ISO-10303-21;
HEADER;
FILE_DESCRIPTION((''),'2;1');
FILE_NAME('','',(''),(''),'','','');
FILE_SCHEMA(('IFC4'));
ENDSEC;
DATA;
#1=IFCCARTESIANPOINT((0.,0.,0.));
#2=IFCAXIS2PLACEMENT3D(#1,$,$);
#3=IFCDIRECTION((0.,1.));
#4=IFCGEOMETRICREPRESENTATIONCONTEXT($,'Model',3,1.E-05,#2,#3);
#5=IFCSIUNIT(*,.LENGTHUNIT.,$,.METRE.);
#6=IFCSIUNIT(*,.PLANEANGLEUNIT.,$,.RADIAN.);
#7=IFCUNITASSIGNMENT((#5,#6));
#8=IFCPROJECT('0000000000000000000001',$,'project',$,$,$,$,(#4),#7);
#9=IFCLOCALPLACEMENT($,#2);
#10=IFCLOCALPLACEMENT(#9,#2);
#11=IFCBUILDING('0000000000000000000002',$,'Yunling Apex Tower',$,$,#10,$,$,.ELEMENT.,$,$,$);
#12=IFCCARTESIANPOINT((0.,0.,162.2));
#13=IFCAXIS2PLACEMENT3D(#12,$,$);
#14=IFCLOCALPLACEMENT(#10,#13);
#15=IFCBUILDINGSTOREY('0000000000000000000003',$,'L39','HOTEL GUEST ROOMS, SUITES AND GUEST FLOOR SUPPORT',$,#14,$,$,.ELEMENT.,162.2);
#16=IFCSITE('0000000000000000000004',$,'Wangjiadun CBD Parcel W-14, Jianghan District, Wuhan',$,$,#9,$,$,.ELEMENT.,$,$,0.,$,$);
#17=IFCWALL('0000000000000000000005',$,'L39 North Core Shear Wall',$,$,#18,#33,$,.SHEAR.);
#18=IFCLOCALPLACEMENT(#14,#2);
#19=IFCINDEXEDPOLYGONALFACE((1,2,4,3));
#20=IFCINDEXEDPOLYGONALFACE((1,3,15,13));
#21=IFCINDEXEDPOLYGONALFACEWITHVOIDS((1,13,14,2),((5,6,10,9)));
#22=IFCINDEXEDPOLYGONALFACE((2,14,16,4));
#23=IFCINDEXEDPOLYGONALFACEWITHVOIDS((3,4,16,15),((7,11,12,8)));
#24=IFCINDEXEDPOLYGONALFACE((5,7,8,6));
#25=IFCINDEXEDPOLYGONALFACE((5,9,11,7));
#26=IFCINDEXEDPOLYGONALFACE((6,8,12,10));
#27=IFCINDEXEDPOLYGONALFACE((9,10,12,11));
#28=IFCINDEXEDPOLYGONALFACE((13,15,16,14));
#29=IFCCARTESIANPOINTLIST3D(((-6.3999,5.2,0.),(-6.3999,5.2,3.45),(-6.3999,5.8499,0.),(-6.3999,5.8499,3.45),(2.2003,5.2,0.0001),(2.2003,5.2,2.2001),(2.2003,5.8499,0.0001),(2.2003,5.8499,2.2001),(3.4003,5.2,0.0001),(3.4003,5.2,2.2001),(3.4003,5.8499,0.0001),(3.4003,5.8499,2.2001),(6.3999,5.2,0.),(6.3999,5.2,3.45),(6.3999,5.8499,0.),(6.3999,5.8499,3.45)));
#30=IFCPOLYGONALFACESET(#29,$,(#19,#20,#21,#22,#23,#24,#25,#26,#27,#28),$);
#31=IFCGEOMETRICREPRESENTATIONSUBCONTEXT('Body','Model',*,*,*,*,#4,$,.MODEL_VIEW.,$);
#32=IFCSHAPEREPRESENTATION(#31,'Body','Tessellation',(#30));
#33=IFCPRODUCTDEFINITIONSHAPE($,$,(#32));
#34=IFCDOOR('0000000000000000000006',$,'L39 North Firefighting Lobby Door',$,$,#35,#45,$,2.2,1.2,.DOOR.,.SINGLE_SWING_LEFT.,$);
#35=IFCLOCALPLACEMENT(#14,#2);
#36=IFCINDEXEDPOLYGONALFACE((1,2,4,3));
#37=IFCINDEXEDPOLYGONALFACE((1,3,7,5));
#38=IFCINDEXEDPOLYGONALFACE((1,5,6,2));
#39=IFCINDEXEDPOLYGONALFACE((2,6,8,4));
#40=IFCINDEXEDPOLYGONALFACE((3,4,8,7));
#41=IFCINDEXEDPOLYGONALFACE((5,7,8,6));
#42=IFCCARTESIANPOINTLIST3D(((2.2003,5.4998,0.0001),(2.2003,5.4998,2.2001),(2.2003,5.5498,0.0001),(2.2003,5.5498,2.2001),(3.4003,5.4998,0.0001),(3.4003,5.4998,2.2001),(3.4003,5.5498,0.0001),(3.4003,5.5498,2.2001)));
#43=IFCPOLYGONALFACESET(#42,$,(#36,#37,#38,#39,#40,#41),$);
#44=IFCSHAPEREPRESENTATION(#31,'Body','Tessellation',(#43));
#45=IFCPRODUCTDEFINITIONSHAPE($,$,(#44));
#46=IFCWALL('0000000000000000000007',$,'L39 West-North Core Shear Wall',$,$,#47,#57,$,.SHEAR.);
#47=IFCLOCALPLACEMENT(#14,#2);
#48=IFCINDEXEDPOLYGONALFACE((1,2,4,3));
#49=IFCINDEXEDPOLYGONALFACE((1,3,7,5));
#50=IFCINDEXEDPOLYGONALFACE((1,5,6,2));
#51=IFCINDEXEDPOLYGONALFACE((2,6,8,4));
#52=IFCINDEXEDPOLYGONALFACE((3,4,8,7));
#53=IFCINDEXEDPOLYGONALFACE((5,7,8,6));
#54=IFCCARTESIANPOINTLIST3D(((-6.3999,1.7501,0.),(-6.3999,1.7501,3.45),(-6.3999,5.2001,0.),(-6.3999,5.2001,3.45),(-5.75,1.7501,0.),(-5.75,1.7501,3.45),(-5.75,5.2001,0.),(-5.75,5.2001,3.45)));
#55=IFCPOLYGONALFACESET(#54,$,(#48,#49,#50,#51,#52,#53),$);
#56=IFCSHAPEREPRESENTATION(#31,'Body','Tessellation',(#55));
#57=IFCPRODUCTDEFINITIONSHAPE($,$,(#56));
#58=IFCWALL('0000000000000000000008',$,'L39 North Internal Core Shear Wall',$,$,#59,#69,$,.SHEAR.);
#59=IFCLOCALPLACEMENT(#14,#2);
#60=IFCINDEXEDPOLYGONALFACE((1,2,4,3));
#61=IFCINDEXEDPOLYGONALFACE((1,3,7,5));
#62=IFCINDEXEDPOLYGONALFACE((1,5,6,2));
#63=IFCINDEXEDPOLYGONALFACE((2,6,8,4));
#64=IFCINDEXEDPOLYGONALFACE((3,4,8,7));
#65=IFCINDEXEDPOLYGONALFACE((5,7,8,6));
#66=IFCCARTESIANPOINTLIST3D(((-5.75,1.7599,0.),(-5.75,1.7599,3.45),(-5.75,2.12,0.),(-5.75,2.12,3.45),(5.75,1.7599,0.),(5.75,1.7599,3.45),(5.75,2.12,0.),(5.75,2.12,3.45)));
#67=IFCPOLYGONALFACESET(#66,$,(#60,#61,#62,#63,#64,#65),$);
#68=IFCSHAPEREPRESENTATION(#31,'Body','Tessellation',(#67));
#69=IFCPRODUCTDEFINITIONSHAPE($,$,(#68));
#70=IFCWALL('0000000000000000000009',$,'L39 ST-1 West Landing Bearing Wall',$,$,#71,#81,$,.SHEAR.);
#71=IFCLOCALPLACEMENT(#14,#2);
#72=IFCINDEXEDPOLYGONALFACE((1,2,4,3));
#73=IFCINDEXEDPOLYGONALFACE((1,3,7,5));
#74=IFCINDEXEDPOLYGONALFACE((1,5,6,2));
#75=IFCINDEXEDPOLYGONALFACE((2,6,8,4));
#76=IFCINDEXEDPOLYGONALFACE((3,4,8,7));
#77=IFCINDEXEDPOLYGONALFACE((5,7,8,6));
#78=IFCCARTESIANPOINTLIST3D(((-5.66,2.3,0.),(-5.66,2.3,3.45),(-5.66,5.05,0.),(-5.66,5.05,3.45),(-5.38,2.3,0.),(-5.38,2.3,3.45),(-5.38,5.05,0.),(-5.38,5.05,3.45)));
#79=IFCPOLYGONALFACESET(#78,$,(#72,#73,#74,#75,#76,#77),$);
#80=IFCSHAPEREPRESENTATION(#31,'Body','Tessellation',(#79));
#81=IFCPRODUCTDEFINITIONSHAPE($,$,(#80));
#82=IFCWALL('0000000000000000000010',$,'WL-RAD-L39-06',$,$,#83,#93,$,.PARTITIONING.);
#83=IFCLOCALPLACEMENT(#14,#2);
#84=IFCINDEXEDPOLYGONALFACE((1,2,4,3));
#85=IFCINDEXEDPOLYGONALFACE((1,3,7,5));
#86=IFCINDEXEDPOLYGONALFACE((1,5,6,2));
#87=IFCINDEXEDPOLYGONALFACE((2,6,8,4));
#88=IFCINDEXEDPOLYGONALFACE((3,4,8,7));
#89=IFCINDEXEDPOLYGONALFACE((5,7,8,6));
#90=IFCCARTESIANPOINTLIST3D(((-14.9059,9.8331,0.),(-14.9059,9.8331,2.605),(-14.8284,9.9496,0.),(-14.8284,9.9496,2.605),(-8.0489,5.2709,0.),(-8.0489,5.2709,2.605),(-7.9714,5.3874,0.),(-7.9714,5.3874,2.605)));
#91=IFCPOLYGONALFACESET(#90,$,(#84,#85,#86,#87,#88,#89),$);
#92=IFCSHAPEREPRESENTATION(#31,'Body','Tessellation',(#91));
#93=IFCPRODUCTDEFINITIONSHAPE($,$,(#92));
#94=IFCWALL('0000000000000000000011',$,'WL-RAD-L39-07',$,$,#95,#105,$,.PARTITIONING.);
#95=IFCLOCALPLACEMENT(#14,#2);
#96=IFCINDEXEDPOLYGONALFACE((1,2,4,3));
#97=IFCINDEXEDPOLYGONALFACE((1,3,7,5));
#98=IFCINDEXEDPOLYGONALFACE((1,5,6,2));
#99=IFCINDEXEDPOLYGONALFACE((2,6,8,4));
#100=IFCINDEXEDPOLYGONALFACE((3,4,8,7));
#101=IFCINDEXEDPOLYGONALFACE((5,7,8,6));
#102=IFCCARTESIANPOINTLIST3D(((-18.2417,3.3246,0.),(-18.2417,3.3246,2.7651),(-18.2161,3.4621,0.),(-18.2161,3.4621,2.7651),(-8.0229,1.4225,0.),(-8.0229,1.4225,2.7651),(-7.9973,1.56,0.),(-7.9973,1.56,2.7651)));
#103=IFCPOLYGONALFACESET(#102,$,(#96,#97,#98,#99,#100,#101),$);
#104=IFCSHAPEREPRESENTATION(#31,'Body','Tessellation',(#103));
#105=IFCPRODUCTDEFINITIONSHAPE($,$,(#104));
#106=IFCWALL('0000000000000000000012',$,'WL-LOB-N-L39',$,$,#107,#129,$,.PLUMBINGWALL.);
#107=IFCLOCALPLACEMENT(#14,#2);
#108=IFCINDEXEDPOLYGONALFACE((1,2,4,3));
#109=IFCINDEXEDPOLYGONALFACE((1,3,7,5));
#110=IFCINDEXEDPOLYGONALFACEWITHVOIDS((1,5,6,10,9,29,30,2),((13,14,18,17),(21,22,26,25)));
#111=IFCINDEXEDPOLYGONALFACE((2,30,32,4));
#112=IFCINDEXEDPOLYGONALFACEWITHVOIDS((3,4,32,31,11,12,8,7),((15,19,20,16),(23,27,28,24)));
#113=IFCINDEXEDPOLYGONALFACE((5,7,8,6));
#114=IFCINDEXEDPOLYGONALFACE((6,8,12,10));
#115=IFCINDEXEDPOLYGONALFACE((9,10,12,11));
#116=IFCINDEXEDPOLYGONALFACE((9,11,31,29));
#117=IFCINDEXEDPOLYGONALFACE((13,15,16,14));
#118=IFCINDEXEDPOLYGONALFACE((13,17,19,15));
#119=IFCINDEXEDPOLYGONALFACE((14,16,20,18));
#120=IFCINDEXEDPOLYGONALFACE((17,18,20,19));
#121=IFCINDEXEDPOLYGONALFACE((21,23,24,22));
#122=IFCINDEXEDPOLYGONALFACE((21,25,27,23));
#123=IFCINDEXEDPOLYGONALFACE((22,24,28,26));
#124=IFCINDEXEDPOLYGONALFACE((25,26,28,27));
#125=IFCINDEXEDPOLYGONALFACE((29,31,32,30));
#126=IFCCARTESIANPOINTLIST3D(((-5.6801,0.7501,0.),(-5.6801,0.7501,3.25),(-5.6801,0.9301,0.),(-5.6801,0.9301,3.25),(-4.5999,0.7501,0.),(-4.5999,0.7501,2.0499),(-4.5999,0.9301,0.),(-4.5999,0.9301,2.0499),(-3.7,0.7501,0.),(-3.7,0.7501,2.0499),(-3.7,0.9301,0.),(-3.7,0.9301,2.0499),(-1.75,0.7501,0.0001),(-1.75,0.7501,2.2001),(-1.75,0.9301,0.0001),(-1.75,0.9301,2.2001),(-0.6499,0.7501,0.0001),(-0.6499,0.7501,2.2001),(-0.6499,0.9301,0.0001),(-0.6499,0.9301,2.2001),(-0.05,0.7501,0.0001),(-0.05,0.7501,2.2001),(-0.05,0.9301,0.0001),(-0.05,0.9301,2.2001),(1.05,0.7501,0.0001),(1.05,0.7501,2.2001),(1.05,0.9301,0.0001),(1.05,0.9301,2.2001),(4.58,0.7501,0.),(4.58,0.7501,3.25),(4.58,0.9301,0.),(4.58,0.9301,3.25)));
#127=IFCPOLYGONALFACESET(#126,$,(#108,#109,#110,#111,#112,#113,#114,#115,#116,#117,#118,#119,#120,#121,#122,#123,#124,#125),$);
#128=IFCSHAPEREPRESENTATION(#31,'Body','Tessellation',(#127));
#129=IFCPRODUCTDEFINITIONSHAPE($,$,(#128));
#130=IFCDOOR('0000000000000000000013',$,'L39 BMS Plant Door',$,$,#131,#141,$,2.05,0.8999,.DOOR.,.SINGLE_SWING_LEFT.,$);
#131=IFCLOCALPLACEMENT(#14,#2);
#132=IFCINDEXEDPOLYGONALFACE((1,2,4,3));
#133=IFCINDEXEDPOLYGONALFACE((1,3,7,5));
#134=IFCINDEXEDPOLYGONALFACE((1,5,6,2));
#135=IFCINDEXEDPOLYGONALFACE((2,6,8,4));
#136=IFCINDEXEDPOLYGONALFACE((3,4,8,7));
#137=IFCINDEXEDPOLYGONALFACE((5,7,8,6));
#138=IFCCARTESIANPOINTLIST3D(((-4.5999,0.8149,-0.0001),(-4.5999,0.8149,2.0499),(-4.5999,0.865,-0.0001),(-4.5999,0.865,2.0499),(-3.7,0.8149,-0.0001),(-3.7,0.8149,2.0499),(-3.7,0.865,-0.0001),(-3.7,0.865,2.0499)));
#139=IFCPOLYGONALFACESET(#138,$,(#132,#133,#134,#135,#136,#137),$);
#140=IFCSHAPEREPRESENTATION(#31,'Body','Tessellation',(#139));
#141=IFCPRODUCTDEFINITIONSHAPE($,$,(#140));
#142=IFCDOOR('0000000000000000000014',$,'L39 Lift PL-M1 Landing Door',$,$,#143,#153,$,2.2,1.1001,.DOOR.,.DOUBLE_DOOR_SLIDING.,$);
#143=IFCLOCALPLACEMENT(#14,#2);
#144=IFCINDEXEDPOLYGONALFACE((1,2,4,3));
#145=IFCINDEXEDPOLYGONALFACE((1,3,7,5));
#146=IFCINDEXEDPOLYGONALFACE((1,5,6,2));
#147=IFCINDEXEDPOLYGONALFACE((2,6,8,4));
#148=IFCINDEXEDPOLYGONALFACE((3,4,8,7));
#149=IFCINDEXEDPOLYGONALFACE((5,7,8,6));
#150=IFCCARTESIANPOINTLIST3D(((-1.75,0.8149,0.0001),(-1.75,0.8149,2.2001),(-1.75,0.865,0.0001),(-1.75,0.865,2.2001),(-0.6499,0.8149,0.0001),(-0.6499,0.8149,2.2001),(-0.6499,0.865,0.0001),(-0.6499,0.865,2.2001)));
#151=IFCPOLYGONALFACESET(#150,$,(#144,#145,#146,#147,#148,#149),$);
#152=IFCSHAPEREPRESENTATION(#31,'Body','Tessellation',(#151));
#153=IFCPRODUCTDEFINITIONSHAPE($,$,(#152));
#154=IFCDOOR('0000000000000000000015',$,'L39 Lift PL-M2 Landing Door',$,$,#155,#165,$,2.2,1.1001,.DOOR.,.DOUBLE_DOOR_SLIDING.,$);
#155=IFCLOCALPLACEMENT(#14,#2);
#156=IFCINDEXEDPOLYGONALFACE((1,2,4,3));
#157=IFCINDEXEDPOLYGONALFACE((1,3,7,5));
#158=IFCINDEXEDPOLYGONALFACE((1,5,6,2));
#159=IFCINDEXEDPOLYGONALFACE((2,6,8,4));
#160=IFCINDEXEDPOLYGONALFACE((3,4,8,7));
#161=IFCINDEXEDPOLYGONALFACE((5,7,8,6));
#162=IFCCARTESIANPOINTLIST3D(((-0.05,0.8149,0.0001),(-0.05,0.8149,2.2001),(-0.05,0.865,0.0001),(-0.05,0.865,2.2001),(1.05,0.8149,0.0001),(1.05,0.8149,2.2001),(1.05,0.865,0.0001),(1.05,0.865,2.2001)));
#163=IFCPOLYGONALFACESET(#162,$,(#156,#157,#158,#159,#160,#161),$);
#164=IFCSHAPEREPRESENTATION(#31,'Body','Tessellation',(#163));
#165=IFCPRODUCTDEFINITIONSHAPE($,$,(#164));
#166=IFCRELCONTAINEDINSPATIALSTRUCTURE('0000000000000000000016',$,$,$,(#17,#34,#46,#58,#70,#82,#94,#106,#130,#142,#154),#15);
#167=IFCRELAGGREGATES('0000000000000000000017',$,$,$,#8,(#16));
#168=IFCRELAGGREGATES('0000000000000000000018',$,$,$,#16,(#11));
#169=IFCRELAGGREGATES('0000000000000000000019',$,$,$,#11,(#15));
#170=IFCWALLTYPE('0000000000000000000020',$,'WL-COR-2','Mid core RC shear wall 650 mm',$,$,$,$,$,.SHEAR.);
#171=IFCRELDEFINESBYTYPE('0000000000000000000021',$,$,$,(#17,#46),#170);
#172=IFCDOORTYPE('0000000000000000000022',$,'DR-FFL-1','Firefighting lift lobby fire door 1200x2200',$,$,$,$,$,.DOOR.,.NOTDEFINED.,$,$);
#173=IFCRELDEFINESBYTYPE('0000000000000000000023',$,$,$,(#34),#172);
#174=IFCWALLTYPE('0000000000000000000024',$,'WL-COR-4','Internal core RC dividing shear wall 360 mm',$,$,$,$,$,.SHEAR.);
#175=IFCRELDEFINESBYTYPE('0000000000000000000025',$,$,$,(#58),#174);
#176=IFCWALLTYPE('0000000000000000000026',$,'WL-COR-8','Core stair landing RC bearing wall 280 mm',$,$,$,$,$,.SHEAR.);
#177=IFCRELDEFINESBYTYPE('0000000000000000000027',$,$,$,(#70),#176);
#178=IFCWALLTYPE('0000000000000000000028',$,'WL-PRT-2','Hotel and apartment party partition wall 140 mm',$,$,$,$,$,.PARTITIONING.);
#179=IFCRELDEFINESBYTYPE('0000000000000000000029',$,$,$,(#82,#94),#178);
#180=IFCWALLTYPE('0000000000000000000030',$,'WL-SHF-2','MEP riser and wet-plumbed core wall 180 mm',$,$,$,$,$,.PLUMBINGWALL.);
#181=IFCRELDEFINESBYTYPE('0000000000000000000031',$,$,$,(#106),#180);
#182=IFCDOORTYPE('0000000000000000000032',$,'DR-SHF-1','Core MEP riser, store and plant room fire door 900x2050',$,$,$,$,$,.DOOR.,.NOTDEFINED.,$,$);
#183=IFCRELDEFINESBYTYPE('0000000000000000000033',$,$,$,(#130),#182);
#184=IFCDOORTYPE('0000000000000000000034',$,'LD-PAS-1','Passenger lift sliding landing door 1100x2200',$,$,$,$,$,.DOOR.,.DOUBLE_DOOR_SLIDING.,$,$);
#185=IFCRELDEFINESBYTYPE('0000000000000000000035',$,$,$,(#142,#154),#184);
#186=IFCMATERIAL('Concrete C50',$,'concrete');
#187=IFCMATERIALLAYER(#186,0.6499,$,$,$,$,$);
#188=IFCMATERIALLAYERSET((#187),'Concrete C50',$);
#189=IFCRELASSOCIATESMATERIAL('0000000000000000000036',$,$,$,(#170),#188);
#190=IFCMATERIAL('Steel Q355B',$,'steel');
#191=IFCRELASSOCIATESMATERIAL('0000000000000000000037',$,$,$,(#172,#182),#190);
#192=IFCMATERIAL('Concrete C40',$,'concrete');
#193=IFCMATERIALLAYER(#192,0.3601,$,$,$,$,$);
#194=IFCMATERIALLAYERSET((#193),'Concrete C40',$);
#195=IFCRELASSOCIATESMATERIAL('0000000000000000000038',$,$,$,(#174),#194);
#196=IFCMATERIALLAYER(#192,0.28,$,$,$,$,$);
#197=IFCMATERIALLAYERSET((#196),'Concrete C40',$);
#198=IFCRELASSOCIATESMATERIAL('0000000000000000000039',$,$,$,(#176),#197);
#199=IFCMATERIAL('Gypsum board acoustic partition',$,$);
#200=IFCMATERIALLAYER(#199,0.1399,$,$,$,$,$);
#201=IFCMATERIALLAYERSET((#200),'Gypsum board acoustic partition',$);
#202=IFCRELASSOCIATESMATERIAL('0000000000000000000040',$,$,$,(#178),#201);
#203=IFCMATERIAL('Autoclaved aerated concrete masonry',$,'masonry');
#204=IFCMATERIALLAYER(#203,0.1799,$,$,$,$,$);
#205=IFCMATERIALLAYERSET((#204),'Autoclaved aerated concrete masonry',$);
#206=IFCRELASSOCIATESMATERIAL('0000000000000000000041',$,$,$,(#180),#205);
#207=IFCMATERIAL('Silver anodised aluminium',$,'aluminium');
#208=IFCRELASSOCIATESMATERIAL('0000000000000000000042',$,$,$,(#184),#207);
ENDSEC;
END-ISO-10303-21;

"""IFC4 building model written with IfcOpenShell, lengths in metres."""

from ifc_helpers import new_model, si_unit, direction, frame, frame_2d, origin, place, context, subcontext, project, spatial, rectangle, extrude, material, layer, layer_set, type_object, element, fill, save


model = new_model("IFC4")

# Units and contexts
model_context = context("Model", 3, precision=1e-05, world=origin(), true_north=direction((0.0, 1.0)))
body_context = subcontext(model_context, "Body", "Model", "MODEL_VIEW")
ifc_project = project(units=[si_unit("LENGTHUNIT", "METRE"), si_unit("PLANEANGLEUNIT", "RADIAN")], contexts=[model_context])

# Site, building, storey
site_placement = place(None, origin())
site = spatial("IfcSite", under=ifc_project, at=site_placement, Name="Wangjiadun CBD Parcel W-14, Jianghan District, Wuhan", CompositionType="ELEMENT", RefElevation=0.0)
building_placement = place(site_placement, origin())
building = spatial("IfcBuilding", under=site, at=building_placement, Name="Yunling Apex Tower", CompositionType="ELEMENT")
storey_placement = place(building_placement, frame((0.0, 0.0, 162.2)))
storey = spatial("IfcBuildingStorey", under=building, at=storey_placement, Name="L39", Description="HOTEL GUEST ROOMS, SUITES AND GUEST FLOOR SUPPORT", CompositionType="ELEMENT", Elevation=162.2)

# Shared definitions
ifc_material_1 = material(Name="Concrete C50", Category="concrete")

# Shared definitions
ifc_material_2 = material(Name="Steel Q355B", Category="steel")

# Wall, opening, door
ifc_layer_1 = layer(ifc_material_1, 0.6499)
ifc_layer_set_1 = layer_set([ifc_layer_1], Name="Concrete C50")
wall_type_1 = type_object("IfcWallType", Name="WL-COR-2", Description="Mid core RC shear wall 650 mm", PredefinedType="SHEAR", material=ifc_layer_set_1)
wall_1_placement = place(storey_placement, frame((-6.3999, 5.5249, 0.0), z_axis=(0.0, 0.0, 1.0), x_axis=(1.0, 0.0, 0.0)))
wall_1 = element("IfcWall", 1, at=wall_1_placement, inside=storey, type_object=wall_type_1, Name="L39 North Core Shear Wall", PredefinedType="SHEAR", context=body_context, shape_type="SweptSolid", body=[
    extrude(rectangle(XDim=12.7998, YDim=0.6499, at=frame_2d((6.3999, 0.0))), origin(), (0.0, 0.0, 1.0), 3.45),
])
opening_1_placement = place(wall_1_placement, frame((8.6001, 0.0, 0.0)))
opening_1 = element("IfcOpeningElement", 2, at=opening_1_placement, cuts=wall_1, PredefinedType="OPENING", context=body_context, shape_type="SweptSolid", body=[
    extrude(rectangle(XDim=1.2, YDim=2.2, at=frame_2d((0.6001, 1.1001))), frame((0.0, 0.335, 0.0), z_axis=(0.0, -1.0, 0.0), x_axis=(1.0, 0.0, 0.0)), (0.0, 0.0, 1.0), 0.6699),
])
door_type_1 = type_object("IfcDoorType", Name="DR-FFL-1", Description="Firefighting lift lobby fire door 1200x2200", OperationType="NOTDEFINED", PredefinedType="DOOR", material=ifc_material_2)
door_1_placement = place(opening_1_placement, origin())
door_1 = element("IfcDoor", 3, at=door_1_placement, inside=storey, type_object=door_type_1, Name="L39 North Firefighting Lobby Door", OperationType="SINGLE_SWING_LEFT", OverallHeight=2.2, OverallWidth=1.2, PredefinedType="DOOR", context=body_context, shape_type="SweptSolid", body=[
    extrude(rectangle(XDim=1.2, YDim=2.2, at=frame_2d((0.6001, 1.1001))), frame((0.0, 0.0249, 0.0), z_axis=(0.0, -1.0, 0.0), x_axis=(1.0, 0.0, 0.0)), (0.0, 0.0, 1.0), 0.05),
])
fill(opening_1, door_1)

# Walls
wall_2_placement = place(storey_placement, frame((-6.075, 1.75, 0.0), z_axis=(0.0, 0.0, 1.0), x_axis=(0.0, 1.0, 0.0)))
element("IfcWall", 4, at=wall_2_placement, inside=storey, type_object=wall_type_1, Name="L39 West-North Core Shear Wall", PredefinedType="SHEAR", context=body_context, shape_type="SweptSolid", body=[
    extrude(rectangle(XDim=3.45, YDim=0.6499, at=frame_2d((1.7251, 0.0))), origin(), (0.0, 0.0, 1.0), 3.45),
])
ifc_material_3 = material(Name="Concrete C40", Category="concrete")
ifc_layer_2 = layer(ifc_material_3, 0.3601)
ifc_layer_set_2 = layer_set([ifc_layer_2], Name="Concrete C40")
wall_type_2 = type_object("IfcWallType", Name="WL-COR-4", Description="Internal core RC dividing shear wall 360 mm", PredefinedType="SHEAR", material=ifc_layer_set_2)
wall_3_placement = place(storey_placement, frame((-5.75, 1.9399, 0.0), z_axis=(0.0, 0.0, 1.0), x_axis=(1.0, 0.0, 0.0)))
element("IfcWall", 5, at=wall_3_placement, inside=storey, type_object=wall_type_2, Name="L39 North Internal Core Shear Wall", PredefinedType="SHEAR", context=body_context, shape_type="SweptSolid", body=[
    extrude(rectangle(XDim=11.5, YDim=0.3601, at=frame_2d((5.75, 0.0))), origin(), (0.0, 0.0, 1.0), 3.45),
])
ifc_layer_3 = layer(ifc_material_3, 0.28)
ifc_layer_set_3 = layer_set([ifc_layer_3], Name="Concrete C40")
wall_type_3 = type_object("IfcWallType", Name="WL-COR-8", Description="Core stair landing RC bearing wall 280 mm", PredefinedType="SHEAR", material=ifc_layer_set_3)
wall_4_placement = place(storey_placement, frame((-5.52, 2.3, 0.0), z_axis=(0.0, 0.0, 1.0), x_axis=(0.0, 1.0, 0.0)))
element("IfcWall", 6, at=wall_4_placement, inside=storey, type_object=wall_type_3, Name="L39 ST-1 West Landing Bearing Wall", PredefinedType="SHEAR", context=body_context, shape_type="SweptSolid", body=[
    extrude(rectangle(XDim=2.75, YDim=0.28, at=frame_2d((1.375, 0.0))), origin(), (0.0, 0.0, 1.0), 3.45),
])
ifc_material_4 = material(Name="Gypsum board acoustic partition")
ifc_layer_4 = layer(ifc_material_4, 0.1399)
ifc_layer_set_4 = layer_set([ifc_layer_4], Name="Gypsum board acoustic partition")
wall_type_4 = type_object("IfcWallType", Name="WL-PRT-2", Description="Hotel and apartment party partition wall 140 mm", PredefinedType="PARTITIONING", material=ifc_layer_set_4)
wall_5_placement = place(storey_placement, frame((-8.01, 5.3291, 0.0), z_axis=(0.0, 0.0, 1.0), x_axis=(-0.832565, 0.553927, 0.0)))
element("IfcWall", 7, at=wall_5_placement, inside=storey, type_object=wall_type_4, Name="WL-RAD-L39-06", PredefinedType="PARTITIONING", context=body_context, shape_type="SweptSolid", body=[
    extrude(rectangle(XDim=8.2361, YDim=0.1399, at=frame_2d((4.1182, 0.0))), origin(), (0.0, 0.0, 1.0), 2.605),
])
wall_6_placement = place(storey_placement, frame((-8.01, 1.4912, 0.0), z_axis=(0.0, 0.0, 1.0), x_axis=(-0.983114, 0.182995, 0.0)))
element("IfcWall", 8, at=wall_6_placement, inside=storey, type_object=wall_type_4, Name="WL-RAD-L39-07", PredefinedType="PARTITIONING", context=body_context, shape_type="SweptSolid", body=[
    extrude(rectangle(XDim=10.3943, YDim=0.1399, at=frame_2d((5.1973, 0.0))), origin(), (0.0, 0.0, 1.0), 2.7651),
])

# Wall, openings, doors
ifc_material_5 = material(Name="Autoclaved aerated concrete masonry", Category="masonry")
ifc_layer_5 = layer(ifc_material_5, 0.1799)
ifc_layer_set_5 = layer_set([ifc_layer_5], Name="Autoclaved aerated concrete masonry")
wall_type_5 = type_object("IfcWallType", Name="WL-SHF-2", Description="MEP riser and wet-plumbed core wall 180 mm", PredefinedType="PLUMBINGWALL", material=ifc_layer_set_5)
wall_7_placement = place(storey_placement, frame((-5.6799, 0.8401, 0.0), z_axis=(0.0, 0.0, 1.0), x_axis=(1.0, 0.0, 0.0)))
wall_7 = element("IfcWall", 9, at=wall_7_placement, inside=storey, type_object=wall_type_5, Name="WL-LOB-N-L39", PredefinedType="PLUMBINGWALL", context=body_context, shape_type="SweptSolid", body=[
    extrude(rectangle(XDim=10.26, YDim=0.1799, at=frame_2d((5.1299, 0.0))), origin(), (0.0, 0.0, 1.0), 3.25),
])
opening_2_placement = place(wall_7_placement, frame((1.0801, 0.0, 0.0)))
opening_2 = element("IfcOpeningElement", 10, at=opening_2_placement, cuts=wall_7, PredefinedType="OPENING", context=body_context, shape_type="SweptSolid", body=[
    extrude(rectangle(XDim=0.8999, YDim=2.05, at=frame_2d((0.45, 1.0249))), frame((0.0, 0.1001, 0.0), z_axis=(0.0, -1.0, 0.0), x_axis=(1.0, 0.0, 0.0)), (0.0, 0.0, 1.0), 0.2),
])
opening_3_placement = place(wall_7_placement, frame((3.9299, 0.0, 0.0)))
opening_3 = element("IfcOpeningElement", 11, at=opening_3_placement, cuts=wall_7, PredefinedType="OPENING", context=body_context, shape_type="SweptSolid", body=[
    extrude(rectangle(XDim=1.1001, YDim=2.2, at=frame_2d((0.55, 1.1001))), frame((0.0, 0.1001, 0.0), z_axis=(0.0, -1.0, 0.0), x_axis=(1.0, 0.0, 0.0)), (0.0, 0.0, 1.0), 0.2),
])
opening_4_placement = place(wall_7_placement, frame((5.6299, 0.0, 0.0)))
opening_4 = element("IfcOpeningElement", 12, at=opening_4_placement, cuts=wall_7, PredefinedType="OPENING", context=body_context, shape_type="SweptSolid", body=[
    extrude(rectangle(XDim=1.1001, YDim=2.2, at=frame_2d((0.55, 1.1001))), frame((0.0, 0.1001, 0.0), z_axis=(0.0, -1.0, 0.0), x_axis=(1.0, 0.0, 0.0)), (0.0, 0.0, 1.0), 0.2),
])
door_type_2 = type_object("IfcDoorType", Name="DR-SHF-1", Description="Core MEP riser, store and plant room fire door 900x2050", OperationType="NOTDEFINED", PredefinedType="DOOR", material=ifc_material_2)
door_2_placement = place(opening_2_placement, origin())
door_2 = element("IfcDoor", 13, at=door_2_placement, inside=storey, type_object=door_type_2, Name="L39 BMS Plant Door", OperationType="SINGLE_SWING_LEFT", OverallHeight=2.05, OverallWidth=0.8999, PredefinedType="DOOR", context=body_context, shape_type="SweptSolid", body=[
    extrude(rectangle(XDim=0.8999, YDim=2.05, at=frame_2d((0.45, 1.0249))), frame((0.0, 0.0249, 0.0), z_axis=(0.0, -1.0, 0.0), x_axis=(1.0, 0.0, 0.0)), (0.0, 0.0, 1.0), 0.05),
])
fill(opening_2, door_2)
ifc_material_6 = material(Name="Silver anodised aluminium", Category="aluminium")
door_type_3 = type_object("IfcDoorType", Name="LD-PAS-1", Description="Passenger lift sliding landing door 1100x2200", OperationType="DOUBLE_DOOR_SLIDING", PredefinedType="DOOR", material=ifc_material_6)
door_3_placement = place(opening_3_placement, origin())
door_3 = element("IfcDoor", 14, at=door_3_placement, inside=storey, type_object=door_type_3, Name="L39 Lift PL-M1 Landing Door", OperationType="DOUBLE_DOOR_SLIDING", OverallHeight=2.2, OverallWidth=1.1001, PredefinedType="DOOR", context=body_context, shape_type="SweptSolid", body=[
    extrude(rectangle(XDim=1.1001, YDim=2.2, at=frame_2d((0.55, 1.1001))), frame((0.0, 0.0249, 0.0), z_axis=(0.0, -1.0, 0.0), x_axis=(1.0, 0.0, 0.0)), (0.0, 0.0, 1.0), 0.05),
])
fill(opening_3, door_3)
door_4_placement = place(opening_4_placement, origin())
door_4 = element("IfcDoor", 15, at=door_4_placement, inside=storey, type_object=door_type_3, Name="L39 Lift PL-M2 Landing Door", OperationType="DOUBLE_DOOR_SLIDING", OverallHeight=2.2, OverallWidth=1.1001, PredefinedType="DOOR", context=body_context, shape_type="SweptSolid", body=[
    extrude(rectangle(XDim=1.1001, YDim=2.2, at=frame_2d((0.55, 1.1001))), frame((0.0, 0.0249, 0.0), z_axis=(0.0, -1.0, 0.0), x_axis=(1.0, 0.0, 0.0)), (0.0, 0.0, 1.0), 0.05),
])
fill(opening_4, door_4)

save(model, "model.ifc")
